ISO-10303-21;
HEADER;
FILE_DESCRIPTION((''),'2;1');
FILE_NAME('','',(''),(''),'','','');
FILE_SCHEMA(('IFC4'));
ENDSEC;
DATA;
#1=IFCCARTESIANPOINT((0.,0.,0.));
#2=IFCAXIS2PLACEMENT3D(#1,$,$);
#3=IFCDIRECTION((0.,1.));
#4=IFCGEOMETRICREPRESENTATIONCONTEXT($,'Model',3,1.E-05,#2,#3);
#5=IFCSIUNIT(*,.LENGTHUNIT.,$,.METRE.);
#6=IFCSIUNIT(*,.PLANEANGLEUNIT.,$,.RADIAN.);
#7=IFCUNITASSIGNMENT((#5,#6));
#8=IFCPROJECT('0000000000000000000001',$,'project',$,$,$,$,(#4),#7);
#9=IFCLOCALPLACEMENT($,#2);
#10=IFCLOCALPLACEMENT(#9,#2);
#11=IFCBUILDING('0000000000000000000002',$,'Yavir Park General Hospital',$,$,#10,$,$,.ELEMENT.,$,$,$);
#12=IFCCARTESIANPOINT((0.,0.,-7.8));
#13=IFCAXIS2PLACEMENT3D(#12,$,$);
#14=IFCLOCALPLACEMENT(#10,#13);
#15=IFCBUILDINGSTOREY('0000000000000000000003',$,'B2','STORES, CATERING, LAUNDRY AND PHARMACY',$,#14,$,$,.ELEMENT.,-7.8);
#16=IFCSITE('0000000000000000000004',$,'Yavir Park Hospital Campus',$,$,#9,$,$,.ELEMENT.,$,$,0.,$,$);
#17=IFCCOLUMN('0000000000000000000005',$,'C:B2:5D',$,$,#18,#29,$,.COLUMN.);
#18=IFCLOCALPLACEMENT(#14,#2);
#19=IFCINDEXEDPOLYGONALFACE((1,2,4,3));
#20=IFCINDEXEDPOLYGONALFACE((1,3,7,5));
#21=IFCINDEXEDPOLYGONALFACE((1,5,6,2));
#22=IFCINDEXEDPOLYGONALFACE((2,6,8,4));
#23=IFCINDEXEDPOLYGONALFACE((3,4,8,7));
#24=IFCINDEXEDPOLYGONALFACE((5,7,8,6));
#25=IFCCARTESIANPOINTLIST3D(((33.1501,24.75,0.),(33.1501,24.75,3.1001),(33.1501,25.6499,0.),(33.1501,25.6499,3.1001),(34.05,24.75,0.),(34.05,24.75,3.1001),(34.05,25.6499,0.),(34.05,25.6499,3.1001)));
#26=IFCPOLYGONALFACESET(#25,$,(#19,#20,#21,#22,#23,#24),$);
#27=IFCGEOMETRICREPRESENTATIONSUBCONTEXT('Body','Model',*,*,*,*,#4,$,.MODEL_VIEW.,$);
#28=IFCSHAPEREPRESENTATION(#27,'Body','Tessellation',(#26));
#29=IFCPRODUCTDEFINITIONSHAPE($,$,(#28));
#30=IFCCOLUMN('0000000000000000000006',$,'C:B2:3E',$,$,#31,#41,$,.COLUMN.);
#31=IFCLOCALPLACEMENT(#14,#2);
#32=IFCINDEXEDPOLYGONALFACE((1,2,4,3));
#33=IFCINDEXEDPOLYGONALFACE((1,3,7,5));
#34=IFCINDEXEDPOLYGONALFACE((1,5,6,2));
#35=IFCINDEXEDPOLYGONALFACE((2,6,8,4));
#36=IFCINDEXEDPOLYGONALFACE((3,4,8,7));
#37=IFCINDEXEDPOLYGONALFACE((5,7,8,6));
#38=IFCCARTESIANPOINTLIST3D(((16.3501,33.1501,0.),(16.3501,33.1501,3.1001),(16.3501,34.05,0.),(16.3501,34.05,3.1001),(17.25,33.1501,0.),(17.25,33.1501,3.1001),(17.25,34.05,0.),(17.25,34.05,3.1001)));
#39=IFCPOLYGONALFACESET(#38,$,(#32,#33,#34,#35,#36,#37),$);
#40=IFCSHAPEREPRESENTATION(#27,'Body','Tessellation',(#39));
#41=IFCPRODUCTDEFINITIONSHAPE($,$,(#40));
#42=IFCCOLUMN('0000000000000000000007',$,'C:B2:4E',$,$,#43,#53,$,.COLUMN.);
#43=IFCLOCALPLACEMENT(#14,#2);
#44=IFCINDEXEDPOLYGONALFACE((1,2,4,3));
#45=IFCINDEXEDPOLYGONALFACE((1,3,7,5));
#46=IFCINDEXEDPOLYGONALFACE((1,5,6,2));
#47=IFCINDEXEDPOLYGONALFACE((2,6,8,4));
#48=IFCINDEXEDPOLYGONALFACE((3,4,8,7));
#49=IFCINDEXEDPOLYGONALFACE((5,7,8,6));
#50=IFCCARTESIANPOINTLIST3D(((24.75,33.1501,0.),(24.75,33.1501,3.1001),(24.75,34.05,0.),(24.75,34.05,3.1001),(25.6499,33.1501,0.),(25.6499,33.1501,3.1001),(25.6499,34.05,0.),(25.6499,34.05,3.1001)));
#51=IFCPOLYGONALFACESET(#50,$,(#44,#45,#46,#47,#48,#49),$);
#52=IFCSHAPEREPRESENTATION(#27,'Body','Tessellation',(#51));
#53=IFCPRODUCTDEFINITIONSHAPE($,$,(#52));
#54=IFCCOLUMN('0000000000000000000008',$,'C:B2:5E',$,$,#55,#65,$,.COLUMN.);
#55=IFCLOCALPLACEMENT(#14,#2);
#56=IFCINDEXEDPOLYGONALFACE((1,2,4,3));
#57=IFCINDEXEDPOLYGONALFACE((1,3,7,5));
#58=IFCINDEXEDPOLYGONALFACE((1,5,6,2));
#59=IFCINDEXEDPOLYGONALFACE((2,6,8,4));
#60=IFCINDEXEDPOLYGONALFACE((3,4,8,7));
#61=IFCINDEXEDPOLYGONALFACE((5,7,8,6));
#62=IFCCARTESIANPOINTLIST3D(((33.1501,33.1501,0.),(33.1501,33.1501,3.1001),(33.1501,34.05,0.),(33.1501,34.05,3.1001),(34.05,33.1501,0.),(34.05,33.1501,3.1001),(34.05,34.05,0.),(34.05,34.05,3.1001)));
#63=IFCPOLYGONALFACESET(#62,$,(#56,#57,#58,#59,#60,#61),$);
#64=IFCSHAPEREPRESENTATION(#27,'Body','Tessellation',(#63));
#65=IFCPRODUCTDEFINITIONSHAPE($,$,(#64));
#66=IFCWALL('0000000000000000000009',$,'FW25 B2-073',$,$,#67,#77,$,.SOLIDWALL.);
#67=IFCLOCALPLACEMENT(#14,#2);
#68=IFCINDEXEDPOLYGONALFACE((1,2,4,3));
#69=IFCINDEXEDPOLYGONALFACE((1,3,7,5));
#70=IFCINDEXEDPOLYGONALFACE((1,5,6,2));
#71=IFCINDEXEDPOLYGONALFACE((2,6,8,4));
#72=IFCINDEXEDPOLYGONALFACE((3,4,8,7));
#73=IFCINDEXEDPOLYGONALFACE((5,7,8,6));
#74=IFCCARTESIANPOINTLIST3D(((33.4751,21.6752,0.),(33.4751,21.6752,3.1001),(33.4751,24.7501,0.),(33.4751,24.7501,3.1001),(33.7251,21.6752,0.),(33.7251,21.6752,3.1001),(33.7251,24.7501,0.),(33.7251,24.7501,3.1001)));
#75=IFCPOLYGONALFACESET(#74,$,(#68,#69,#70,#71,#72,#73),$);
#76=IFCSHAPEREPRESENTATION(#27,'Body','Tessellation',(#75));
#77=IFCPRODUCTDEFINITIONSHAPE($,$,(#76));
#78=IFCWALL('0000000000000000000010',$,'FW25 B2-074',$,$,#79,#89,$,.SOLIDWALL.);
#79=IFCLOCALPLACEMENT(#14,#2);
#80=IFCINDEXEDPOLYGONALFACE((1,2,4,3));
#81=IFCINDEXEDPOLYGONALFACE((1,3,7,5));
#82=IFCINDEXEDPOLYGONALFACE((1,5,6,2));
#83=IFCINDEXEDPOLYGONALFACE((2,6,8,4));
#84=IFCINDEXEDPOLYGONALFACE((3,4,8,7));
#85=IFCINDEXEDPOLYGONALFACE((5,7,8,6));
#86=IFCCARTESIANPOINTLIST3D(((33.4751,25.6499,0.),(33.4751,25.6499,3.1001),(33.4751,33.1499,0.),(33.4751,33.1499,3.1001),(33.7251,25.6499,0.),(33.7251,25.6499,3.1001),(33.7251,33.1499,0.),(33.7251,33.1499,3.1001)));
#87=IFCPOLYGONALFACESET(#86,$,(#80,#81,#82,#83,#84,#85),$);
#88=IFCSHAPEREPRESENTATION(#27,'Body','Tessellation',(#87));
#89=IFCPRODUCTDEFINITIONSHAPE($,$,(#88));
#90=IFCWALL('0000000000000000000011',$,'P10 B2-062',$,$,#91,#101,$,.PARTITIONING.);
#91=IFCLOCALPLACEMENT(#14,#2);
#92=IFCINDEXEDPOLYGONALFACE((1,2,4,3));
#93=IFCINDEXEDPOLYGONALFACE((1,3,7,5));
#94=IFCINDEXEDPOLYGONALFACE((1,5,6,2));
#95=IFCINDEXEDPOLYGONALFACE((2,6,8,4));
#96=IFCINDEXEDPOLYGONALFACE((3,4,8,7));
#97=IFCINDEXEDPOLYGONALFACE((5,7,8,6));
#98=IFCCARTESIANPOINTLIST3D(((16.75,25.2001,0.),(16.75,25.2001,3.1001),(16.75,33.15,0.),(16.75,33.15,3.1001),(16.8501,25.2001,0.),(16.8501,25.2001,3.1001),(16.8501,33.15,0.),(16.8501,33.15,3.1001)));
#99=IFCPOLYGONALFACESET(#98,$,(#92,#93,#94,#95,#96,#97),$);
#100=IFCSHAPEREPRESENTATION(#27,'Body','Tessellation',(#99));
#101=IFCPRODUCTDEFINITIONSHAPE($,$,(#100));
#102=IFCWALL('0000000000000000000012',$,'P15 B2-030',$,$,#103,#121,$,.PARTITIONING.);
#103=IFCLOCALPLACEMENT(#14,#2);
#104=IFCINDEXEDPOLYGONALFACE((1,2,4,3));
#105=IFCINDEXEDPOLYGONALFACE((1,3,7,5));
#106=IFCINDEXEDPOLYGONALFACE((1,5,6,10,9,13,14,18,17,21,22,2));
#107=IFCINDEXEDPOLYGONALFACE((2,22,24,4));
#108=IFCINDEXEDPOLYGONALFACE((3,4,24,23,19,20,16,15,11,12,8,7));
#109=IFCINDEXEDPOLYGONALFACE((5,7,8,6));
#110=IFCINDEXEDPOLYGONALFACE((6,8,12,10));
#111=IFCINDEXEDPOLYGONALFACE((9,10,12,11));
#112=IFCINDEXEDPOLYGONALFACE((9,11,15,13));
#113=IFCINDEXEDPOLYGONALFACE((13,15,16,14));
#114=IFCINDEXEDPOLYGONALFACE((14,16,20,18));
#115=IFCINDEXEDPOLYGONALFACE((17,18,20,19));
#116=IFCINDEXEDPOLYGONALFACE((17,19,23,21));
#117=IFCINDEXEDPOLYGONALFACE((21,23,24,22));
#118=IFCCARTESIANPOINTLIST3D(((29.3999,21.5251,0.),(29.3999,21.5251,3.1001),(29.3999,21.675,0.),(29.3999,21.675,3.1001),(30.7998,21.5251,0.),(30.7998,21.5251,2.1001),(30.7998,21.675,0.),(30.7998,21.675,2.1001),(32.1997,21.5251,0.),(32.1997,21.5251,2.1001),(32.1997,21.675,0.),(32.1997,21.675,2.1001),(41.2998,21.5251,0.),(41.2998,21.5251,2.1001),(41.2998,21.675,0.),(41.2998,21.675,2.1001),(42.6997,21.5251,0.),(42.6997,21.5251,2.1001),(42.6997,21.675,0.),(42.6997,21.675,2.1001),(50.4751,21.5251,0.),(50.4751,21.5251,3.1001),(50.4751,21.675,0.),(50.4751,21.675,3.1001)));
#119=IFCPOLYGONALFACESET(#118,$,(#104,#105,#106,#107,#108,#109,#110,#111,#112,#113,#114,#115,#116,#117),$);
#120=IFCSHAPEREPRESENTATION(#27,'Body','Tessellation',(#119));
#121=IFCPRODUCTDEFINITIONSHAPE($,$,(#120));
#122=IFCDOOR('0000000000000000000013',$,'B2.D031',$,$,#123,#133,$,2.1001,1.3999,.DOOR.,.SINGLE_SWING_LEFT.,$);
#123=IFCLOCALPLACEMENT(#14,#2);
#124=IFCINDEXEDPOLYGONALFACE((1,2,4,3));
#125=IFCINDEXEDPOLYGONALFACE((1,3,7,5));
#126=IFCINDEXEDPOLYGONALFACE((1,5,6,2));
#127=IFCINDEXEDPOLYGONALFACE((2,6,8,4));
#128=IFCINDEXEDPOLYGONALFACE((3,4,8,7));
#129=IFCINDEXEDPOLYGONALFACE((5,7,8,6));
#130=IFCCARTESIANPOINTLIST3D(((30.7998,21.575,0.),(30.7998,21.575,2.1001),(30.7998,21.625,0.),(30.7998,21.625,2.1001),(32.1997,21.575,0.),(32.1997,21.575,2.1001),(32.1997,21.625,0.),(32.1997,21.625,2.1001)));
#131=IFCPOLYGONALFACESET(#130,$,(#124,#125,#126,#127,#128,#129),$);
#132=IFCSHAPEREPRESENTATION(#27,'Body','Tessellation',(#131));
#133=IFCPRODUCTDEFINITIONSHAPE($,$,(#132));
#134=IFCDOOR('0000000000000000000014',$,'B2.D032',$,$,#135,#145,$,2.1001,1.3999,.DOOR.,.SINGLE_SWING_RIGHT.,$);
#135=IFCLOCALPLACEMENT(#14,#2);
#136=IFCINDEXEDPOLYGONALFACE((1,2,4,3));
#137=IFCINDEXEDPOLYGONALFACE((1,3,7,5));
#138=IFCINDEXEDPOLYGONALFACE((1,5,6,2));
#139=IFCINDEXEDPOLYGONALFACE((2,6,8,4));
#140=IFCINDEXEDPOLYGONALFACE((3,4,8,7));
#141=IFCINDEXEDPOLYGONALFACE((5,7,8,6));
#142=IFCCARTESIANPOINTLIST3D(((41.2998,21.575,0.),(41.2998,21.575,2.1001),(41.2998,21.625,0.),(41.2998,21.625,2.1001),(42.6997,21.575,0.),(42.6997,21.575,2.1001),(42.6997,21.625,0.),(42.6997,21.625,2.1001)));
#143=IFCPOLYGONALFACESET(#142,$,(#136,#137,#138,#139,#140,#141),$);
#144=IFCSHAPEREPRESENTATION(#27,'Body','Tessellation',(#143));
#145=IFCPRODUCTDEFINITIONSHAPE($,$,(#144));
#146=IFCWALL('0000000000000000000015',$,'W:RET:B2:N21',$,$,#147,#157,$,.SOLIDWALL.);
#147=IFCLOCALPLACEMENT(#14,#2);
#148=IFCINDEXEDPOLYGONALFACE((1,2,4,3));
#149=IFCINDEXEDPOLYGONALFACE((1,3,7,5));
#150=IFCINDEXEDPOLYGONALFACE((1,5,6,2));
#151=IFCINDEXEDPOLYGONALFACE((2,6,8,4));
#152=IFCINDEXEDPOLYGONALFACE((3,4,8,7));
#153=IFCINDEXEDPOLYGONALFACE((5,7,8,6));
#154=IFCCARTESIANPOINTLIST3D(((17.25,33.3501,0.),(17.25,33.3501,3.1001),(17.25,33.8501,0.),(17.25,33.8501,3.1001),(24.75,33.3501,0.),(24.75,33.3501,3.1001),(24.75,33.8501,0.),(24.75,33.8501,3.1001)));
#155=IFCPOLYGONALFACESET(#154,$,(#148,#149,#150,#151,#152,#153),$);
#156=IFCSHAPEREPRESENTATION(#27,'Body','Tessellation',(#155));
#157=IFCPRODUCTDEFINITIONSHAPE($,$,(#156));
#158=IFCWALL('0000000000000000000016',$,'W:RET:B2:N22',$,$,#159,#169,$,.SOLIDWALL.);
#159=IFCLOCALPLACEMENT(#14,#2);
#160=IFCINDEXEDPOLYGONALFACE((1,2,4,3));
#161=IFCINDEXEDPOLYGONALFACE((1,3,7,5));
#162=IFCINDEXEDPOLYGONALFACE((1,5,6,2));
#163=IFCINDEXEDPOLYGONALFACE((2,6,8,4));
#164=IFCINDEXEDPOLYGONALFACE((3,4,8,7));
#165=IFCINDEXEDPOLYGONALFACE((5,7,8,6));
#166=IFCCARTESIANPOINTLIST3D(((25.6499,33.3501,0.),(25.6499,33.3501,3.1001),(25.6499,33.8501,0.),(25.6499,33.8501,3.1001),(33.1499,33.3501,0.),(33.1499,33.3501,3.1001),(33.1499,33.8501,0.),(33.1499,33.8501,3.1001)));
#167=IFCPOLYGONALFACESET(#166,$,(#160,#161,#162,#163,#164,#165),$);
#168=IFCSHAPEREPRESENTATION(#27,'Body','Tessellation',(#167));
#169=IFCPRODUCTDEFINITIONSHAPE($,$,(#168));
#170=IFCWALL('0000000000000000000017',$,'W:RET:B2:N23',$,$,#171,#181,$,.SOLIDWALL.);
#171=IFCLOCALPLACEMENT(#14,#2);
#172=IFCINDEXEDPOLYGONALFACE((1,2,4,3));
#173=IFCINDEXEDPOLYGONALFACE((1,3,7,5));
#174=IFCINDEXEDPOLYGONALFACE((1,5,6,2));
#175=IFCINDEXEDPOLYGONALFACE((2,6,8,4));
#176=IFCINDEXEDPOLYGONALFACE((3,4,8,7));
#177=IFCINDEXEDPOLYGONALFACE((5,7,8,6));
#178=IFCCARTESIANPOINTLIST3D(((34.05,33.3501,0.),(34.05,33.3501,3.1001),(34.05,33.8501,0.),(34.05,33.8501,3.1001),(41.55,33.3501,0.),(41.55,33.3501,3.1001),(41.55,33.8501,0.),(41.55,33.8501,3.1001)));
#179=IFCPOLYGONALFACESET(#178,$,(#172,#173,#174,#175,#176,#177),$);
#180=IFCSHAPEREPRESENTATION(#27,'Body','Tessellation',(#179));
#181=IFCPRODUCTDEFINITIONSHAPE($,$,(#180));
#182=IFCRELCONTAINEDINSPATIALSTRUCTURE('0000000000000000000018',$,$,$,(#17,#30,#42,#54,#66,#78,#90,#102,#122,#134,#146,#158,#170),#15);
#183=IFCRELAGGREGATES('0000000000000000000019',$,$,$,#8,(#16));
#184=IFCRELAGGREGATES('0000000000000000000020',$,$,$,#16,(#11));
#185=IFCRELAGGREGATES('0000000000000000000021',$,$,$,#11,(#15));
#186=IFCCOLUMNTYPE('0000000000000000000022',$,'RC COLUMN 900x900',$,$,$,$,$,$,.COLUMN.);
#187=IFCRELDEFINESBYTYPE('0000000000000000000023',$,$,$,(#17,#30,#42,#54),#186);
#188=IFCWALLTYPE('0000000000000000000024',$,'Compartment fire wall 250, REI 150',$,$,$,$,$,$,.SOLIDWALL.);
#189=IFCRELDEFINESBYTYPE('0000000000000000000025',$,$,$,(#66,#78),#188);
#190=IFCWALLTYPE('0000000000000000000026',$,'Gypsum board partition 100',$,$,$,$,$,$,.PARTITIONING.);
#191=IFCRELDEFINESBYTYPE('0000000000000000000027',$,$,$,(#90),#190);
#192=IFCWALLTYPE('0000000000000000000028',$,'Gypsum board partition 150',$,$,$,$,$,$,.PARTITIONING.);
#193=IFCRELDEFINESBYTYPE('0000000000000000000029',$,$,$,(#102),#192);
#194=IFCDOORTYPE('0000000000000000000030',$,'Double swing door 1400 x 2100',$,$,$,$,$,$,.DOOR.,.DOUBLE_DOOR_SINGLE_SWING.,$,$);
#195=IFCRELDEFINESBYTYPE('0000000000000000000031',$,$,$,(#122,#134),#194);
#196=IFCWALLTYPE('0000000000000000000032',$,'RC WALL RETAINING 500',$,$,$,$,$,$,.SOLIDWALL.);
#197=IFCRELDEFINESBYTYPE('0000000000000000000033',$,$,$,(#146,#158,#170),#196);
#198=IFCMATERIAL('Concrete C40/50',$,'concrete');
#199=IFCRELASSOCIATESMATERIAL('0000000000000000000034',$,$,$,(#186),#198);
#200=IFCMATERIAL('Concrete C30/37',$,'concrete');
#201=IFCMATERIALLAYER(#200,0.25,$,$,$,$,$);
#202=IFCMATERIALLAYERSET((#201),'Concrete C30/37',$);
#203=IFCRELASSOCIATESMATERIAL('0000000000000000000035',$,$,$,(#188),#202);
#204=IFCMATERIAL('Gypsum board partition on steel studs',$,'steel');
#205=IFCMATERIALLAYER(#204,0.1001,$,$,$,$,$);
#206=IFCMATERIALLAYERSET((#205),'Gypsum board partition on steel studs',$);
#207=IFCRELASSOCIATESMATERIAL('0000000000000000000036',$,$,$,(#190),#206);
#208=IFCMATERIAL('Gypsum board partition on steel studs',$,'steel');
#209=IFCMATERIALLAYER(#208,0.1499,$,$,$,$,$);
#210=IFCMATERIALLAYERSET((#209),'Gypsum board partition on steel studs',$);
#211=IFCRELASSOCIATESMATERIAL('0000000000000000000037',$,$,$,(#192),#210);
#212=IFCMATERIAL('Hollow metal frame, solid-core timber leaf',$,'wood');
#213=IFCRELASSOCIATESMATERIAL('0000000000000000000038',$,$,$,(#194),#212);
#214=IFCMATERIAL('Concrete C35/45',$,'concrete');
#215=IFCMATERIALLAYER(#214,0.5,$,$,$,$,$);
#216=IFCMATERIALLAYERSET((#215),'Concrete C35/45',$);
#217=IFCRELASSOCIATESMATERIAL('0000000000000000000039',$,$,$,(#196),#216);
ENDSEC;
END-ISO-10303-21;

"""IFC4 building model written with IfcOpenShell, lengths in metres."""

from ifc_helpers import new_model, si_unit, direction, frame, frame_2d, origin, origin_2d, place, context, subcontext, project, spatial, rectangle, extrude, material, layer, layer_set, material_profile, profile_set, type_object, element, fill, save


model = new_model("IFC4")

# Units and contexts
model_context = context("Model", 3, precision=1e-05, world=origin(), true_north=direction((0.0, 1.0)))
body_context = subcontext(model_context, "Body", "Model", "MODEL_VIEW")
ifc_project = project(units=[si_unit("LENGTHUNIT", "METRE"), si_unit("PLANEANGLEUNIT", "RADIAN")], contexts=[model_context])

# Site, building, storey
site_placement = place(None, origin())
site = spatial("IfcSite", under=ifc_project, at=site_placement, Name="Yavir Park Hospital Campus", CompositionType="ELEMENT", RefElevation=0.0)
building_placement = place(site_placement, origin())
building = spatial("IfcBuilding", under=site, at=building_placement, Name="Yavir Park General Hospital", CompositionType="ELEMENT")
storey_placement = place(building_placement, frame((0.0, 0.0, -7.8)))
storey = spatial("IfcBuildingStorey", under=building, at=storey_placement, Name="B2", Description="STORES, CATERING, LAUNDRY AND PHARMACY", CompositionType="ELEMENT", Elevation=-7.8)

# Columns
ifc_material_1 = material(Name="Concrete C40/50", Category="concrete")
ifc_material_profile = material_profile(ifc_material_1, rectangle(XDim=0.8999, YDim=0.8999, at=origin_2d()), Name="RC900x900")
ifc_profile_set = profile_set([ifc_material_profile], Name="Concrete C40/50")
column_type = type_object("IfcColumnType", Name="RC COLUMN 900x900", PredefinedType="COLUMN", material=ifc_profile_set)
for number, where, z_axis, x_axis, name in (
    (1, (33.6001, 25.2, 0.0), (0.0, 0.0, 1.0), (1.0, 0.0, 0.0), "C:B2:5D"),
    (2, (16.8, 33.6001, 0.0), (0.0, 0.0, 1.0), (1.0, 0.0, 0.0), "C:B2:3E"),
    (3, (25.2, 33.6001, 0.0), (0.0, 0.0, 1.0), (1.0, 0.0, 0.0), "C:B2:4E"),
    (4, (33.6001, 33.6001, 0.0), (0.0, 0.0, 1.0), (1.0, 0.0, 0.0), "C:B2:5E"),
):
    element("IfcColumn", number, at=place(storey_placement, frame(where, z_axis=z_axis, x_axis=x_axis)), inside=storey, type_object=column_type, Name=name, PredefinedType="COLUMN", context=body_context, shape_type="SweptSolid", body=[
        extrude(rectangle(XDim=0.8999, YDim=0.8999, at=origin_2d()), origin(), (0.0, 0.0, 1.0), 3.1001),
    ])

# Shared definitions
ifc_material_2 = material(Name="Concrete C30/37", Category="concrete")
ifc_layer_1 = layer(ifc_material_2, 0.25)
ifc_layer_set_1 = layer_set([ifc_layer_1], Name="Concrete C30/37")
wall_type_1 = type_object("IfcWallType", Name="Compartment fire wall 250, REI 150", PredefinedType="SOLIDWALL", material=ifc_layer_set_1)

# Walls
wall_1_placement = place(storey_placement, frame((33.6001, 21.675, 0.0), z_axis=(0.0, 0.0, 1.0), x_axis=(0.0, 1.0, 0.0)))
element("IfcWall", 5, at=wall_1_placement, inside=storey, type_object=wall_type_1, Name="FW25 B2-073", PredefinedType="SOLIDWALL", context=body_context, shape_type="SweptSolid", body=[
    extrude(rectangle(XDim=3.075, YDim=0.25, at=frame_2d((1.5376, 0.0))), origin(), (0.0, 0.0, 1.0), 3.1001),
])
wall_2_placement = place(storey_placement, frame((33.6001, 25.6499, 0.0), z_axis=(0.0, 0.0, 1.0), x_axis=(0.0, 1.0, 0.0)))
element("IfcWall", 6, at=wall_2_placement, inside=storey, type_object=wall_type_1, Name="FW25 B2-074", PredefinedType="SOLIDWALL", context=body_context, shape_type="SweptSolid", body=[
    extrude(rectangle(XDim=7.5, YDim=0.25, at=frame_2d((3.75, 0.0))), origin(), (0.0, 0.0, 1.0), 3.1001),
])

# Wall
ifc_material_3 = material(Name="Gypsum board partition on steel studs", Category="steel")
ifc_layer_2 = layer(ifc_material_3, 0.1001)
ifc_layer_set_2 = layer_set([ifc_layer_2], Name="Gypsum board partition on steel studs")
wall_type_2 = type_object("IfcWallType", Name="Gypsum board partition 100", PredefinedType="PARTITIONING", material=ifc_layer_set_2)
wall_3_placement = place(storey_placement, frame((16.8, 25.2, 0.0), z_axis=(0.0, 0.0, 1.0), x_axis=(0.0, 1.0, 0.0)))
element("IfcWall", 7, at=wall_3_placement, inside=storey, type_object=wall_type_2, Name="P10 B2-062", PredefinedType="PARTITIONING", context=body_context, shape_type="SweptSolid", body=[
    extrude(rectangle(XDim=7.95, YDim=0.1001, at=frame_2d((3.9751, 0.0))), origin(), (0.0, 0.0, 1.0), 3.1001),
])

# Wall, openings, doors
ifc_material_4 = material(Name="Gypsum board partition on steel studs", Category="steel")
ifc_layer_3 = layer(ifc_material_4, 0.1499)
ifc_layer_set_3 = layer_set([ifc_layer_3], Name="Gypsum board partition on steel studs")
wall_type_3 = type_object("IfcWallType", Name="Gypsum board partition 150", PredefinedType="PARTITIONING", material=ifc_layer_set_3)
wall_4_placement = place(storey_placement, frame((29.3999, 21.6001, 0.0), z_axis=(0.0, 0.0, 1.0), x_axis=(1.0, 0.0, 0.0)))
wall_4 = element("IfcWall", 8, at=wall_4_placement, inside=storey, type_object=wall_type_3, Name="P15 B2-030", PredefinedType="PARTITIONING", context=body_context, shape_type="SweptSolid", body=[
    extrude(rectangle(XDim=21.0752, YDim=0.1499, at=frame_2d((10.5376, 0.0))), origin(), (0.0, 0.0, 1.0), 3.1001),
])
opening_1_placement = place(wall_4_placement, frame((1.3999, 0.0, 0.0)))
opening_1 = element("IfcOpeningElement", 9, at=opening_1_placement, cuts=wall_4, PredefinedType="OPENING", context=body_context, shape_type="SweptSolid", body=[
    extrude(rectangle(XDim=1.3999, YDim=2.1001, at=frame_2d((0.7, 1.05))), frame((0.0, 0.085, 0.0), z_axis=(0.0, -1.0, 0.0), x_axis=(1.0, 0.0, 0.0)), (0.0, 0.0, 1.0), 0.1699),
])
opening_2_placement = place(wall_4_placement, frame((11.8999, 0.0, 0.0)))
opening_2 = element("IfcOpeningElement", 10, at=opening_2_placement, cuts=wall_4, PredefinedType="OPENING", context=body_context, shape_type="SweptSolid", body=[
    extrude(rectangle(XDim=1.3999, YDim=2.1001, at=frame_2d((0.7, 1.05))), frame((0.0, 0.085, 0.0), z_axis=(0.0, -1.0, 0.0), x_axis=(1.0, 0.0, 0.0)), (0.0, 0.0, 1.0), 0.1699),
])
ifc_material_5 = material(Name="Hollow metal frame, solid-core timber leaf", Category="wood")
door_type_1 = type_object("IfcDoorType", Name="Double swing door 1400 x 2100", OperationType="DOUBLE_DOOR_SINGLE_SWING", PredefinedType="DOOR", material=ifc_material_5)
door_1_placement = place(opening_1_placement, origin())
door_1 = element("IfcDoor", 11, at=door_1_placement, inside=storey, type_object=door_type_1, Name="B2.D031", OperationType="SINGLE_SWING_LEFT", OverallHeight=2.1001, OverallWidth=1.3999, PredefinedType="DOOR", context=body_context, shape_type="SweptSolid", body=[
    extrude(rectangle(XDim=1.3999, YDim=2.1001, at=frame_2d((0.7, 1.05))), frame((0.0, 0.0249, 0.0), z_axis=(0.0, -1.0, 0.0), x_axis=(1.0, 0.0, 0.0)), (0.0, 0.0, 1.0), 0.05),
])
fill(opening_1, door_1)
door_2_placement = place(opening_2_placement, origin())
door_2 = element("IfcDoor", 12, at=door_2_placement, inside=storey, type_object=door_type_1, Name="B2.D032", OperationType="SINGLE_SWING_RIGHT", OverallHeight=2.1001, OverallWidth=1.3999, PredefinedType="DOOR", context=body_context, shape_type="SweptSolid", body=[
    extrude(rectangle(XDim=1.3999, YDim=2.1001, at=frame_2d((0.7, 1.05))), frame((0.0, 0.0249, 0.0), z_axis=(0.0, -1.0, 0.0), x_axis=(1.0, 0.0, 0.0)), (0.0, 0.0, 1.0), 0.05),
])
fill(opening_2, door_2)

# Walls
ifc_material_6 = material(Name="Concrete C35/45", Category="concrete")
ifc_layer_4 = layer(ifc_material_6, 0.5)
ifc_layer_set_4 = layer_set([ifc_layer_4], Name="Concrete C35/45")
wall_type_4 = type_object("IfcWallType", Name="RC WALL RETAINING 500", PredefinedType="SOLIDWALL", material=ifc_layer_set_4)
for number, where, z_axis, x_axis, name in (
    (13, (17.25, 33.6001, 0.0), (0.0, 0.0, 1.0), (1.0, 0.0, 0.0), "W:RET:B2:N21"),
    (14, (25.6499, 33.6001, 0.0), (0.0, 0.0, 1.0), (1.0, 0.0, 0.0), "W:RET:B2:N22"),
    (15, (34.05, 33.6001, 0.0), (0.0, 0.0, 1.0), (1.0, 0.0, 0.0), "W:RET:B2:N23"),
):
    element("IfcWall", number, at=place(storey_placement, frame(where, z_axis=z_axis, x_axis=x_axis)), inside=storey, type_object=wall_type_4, Name=name, PredefinedType="SOLIDWALL", context=body_context, shape_type="SweptSolid", body=[
        extrude(rectangle(XDim=7.5, YDim=0.5, at=frame_2d((3.75, 0.0))), origin(), (0.0, 0.0, 1.0), 3.1001),
    ])

save(model, "model.ifc")
